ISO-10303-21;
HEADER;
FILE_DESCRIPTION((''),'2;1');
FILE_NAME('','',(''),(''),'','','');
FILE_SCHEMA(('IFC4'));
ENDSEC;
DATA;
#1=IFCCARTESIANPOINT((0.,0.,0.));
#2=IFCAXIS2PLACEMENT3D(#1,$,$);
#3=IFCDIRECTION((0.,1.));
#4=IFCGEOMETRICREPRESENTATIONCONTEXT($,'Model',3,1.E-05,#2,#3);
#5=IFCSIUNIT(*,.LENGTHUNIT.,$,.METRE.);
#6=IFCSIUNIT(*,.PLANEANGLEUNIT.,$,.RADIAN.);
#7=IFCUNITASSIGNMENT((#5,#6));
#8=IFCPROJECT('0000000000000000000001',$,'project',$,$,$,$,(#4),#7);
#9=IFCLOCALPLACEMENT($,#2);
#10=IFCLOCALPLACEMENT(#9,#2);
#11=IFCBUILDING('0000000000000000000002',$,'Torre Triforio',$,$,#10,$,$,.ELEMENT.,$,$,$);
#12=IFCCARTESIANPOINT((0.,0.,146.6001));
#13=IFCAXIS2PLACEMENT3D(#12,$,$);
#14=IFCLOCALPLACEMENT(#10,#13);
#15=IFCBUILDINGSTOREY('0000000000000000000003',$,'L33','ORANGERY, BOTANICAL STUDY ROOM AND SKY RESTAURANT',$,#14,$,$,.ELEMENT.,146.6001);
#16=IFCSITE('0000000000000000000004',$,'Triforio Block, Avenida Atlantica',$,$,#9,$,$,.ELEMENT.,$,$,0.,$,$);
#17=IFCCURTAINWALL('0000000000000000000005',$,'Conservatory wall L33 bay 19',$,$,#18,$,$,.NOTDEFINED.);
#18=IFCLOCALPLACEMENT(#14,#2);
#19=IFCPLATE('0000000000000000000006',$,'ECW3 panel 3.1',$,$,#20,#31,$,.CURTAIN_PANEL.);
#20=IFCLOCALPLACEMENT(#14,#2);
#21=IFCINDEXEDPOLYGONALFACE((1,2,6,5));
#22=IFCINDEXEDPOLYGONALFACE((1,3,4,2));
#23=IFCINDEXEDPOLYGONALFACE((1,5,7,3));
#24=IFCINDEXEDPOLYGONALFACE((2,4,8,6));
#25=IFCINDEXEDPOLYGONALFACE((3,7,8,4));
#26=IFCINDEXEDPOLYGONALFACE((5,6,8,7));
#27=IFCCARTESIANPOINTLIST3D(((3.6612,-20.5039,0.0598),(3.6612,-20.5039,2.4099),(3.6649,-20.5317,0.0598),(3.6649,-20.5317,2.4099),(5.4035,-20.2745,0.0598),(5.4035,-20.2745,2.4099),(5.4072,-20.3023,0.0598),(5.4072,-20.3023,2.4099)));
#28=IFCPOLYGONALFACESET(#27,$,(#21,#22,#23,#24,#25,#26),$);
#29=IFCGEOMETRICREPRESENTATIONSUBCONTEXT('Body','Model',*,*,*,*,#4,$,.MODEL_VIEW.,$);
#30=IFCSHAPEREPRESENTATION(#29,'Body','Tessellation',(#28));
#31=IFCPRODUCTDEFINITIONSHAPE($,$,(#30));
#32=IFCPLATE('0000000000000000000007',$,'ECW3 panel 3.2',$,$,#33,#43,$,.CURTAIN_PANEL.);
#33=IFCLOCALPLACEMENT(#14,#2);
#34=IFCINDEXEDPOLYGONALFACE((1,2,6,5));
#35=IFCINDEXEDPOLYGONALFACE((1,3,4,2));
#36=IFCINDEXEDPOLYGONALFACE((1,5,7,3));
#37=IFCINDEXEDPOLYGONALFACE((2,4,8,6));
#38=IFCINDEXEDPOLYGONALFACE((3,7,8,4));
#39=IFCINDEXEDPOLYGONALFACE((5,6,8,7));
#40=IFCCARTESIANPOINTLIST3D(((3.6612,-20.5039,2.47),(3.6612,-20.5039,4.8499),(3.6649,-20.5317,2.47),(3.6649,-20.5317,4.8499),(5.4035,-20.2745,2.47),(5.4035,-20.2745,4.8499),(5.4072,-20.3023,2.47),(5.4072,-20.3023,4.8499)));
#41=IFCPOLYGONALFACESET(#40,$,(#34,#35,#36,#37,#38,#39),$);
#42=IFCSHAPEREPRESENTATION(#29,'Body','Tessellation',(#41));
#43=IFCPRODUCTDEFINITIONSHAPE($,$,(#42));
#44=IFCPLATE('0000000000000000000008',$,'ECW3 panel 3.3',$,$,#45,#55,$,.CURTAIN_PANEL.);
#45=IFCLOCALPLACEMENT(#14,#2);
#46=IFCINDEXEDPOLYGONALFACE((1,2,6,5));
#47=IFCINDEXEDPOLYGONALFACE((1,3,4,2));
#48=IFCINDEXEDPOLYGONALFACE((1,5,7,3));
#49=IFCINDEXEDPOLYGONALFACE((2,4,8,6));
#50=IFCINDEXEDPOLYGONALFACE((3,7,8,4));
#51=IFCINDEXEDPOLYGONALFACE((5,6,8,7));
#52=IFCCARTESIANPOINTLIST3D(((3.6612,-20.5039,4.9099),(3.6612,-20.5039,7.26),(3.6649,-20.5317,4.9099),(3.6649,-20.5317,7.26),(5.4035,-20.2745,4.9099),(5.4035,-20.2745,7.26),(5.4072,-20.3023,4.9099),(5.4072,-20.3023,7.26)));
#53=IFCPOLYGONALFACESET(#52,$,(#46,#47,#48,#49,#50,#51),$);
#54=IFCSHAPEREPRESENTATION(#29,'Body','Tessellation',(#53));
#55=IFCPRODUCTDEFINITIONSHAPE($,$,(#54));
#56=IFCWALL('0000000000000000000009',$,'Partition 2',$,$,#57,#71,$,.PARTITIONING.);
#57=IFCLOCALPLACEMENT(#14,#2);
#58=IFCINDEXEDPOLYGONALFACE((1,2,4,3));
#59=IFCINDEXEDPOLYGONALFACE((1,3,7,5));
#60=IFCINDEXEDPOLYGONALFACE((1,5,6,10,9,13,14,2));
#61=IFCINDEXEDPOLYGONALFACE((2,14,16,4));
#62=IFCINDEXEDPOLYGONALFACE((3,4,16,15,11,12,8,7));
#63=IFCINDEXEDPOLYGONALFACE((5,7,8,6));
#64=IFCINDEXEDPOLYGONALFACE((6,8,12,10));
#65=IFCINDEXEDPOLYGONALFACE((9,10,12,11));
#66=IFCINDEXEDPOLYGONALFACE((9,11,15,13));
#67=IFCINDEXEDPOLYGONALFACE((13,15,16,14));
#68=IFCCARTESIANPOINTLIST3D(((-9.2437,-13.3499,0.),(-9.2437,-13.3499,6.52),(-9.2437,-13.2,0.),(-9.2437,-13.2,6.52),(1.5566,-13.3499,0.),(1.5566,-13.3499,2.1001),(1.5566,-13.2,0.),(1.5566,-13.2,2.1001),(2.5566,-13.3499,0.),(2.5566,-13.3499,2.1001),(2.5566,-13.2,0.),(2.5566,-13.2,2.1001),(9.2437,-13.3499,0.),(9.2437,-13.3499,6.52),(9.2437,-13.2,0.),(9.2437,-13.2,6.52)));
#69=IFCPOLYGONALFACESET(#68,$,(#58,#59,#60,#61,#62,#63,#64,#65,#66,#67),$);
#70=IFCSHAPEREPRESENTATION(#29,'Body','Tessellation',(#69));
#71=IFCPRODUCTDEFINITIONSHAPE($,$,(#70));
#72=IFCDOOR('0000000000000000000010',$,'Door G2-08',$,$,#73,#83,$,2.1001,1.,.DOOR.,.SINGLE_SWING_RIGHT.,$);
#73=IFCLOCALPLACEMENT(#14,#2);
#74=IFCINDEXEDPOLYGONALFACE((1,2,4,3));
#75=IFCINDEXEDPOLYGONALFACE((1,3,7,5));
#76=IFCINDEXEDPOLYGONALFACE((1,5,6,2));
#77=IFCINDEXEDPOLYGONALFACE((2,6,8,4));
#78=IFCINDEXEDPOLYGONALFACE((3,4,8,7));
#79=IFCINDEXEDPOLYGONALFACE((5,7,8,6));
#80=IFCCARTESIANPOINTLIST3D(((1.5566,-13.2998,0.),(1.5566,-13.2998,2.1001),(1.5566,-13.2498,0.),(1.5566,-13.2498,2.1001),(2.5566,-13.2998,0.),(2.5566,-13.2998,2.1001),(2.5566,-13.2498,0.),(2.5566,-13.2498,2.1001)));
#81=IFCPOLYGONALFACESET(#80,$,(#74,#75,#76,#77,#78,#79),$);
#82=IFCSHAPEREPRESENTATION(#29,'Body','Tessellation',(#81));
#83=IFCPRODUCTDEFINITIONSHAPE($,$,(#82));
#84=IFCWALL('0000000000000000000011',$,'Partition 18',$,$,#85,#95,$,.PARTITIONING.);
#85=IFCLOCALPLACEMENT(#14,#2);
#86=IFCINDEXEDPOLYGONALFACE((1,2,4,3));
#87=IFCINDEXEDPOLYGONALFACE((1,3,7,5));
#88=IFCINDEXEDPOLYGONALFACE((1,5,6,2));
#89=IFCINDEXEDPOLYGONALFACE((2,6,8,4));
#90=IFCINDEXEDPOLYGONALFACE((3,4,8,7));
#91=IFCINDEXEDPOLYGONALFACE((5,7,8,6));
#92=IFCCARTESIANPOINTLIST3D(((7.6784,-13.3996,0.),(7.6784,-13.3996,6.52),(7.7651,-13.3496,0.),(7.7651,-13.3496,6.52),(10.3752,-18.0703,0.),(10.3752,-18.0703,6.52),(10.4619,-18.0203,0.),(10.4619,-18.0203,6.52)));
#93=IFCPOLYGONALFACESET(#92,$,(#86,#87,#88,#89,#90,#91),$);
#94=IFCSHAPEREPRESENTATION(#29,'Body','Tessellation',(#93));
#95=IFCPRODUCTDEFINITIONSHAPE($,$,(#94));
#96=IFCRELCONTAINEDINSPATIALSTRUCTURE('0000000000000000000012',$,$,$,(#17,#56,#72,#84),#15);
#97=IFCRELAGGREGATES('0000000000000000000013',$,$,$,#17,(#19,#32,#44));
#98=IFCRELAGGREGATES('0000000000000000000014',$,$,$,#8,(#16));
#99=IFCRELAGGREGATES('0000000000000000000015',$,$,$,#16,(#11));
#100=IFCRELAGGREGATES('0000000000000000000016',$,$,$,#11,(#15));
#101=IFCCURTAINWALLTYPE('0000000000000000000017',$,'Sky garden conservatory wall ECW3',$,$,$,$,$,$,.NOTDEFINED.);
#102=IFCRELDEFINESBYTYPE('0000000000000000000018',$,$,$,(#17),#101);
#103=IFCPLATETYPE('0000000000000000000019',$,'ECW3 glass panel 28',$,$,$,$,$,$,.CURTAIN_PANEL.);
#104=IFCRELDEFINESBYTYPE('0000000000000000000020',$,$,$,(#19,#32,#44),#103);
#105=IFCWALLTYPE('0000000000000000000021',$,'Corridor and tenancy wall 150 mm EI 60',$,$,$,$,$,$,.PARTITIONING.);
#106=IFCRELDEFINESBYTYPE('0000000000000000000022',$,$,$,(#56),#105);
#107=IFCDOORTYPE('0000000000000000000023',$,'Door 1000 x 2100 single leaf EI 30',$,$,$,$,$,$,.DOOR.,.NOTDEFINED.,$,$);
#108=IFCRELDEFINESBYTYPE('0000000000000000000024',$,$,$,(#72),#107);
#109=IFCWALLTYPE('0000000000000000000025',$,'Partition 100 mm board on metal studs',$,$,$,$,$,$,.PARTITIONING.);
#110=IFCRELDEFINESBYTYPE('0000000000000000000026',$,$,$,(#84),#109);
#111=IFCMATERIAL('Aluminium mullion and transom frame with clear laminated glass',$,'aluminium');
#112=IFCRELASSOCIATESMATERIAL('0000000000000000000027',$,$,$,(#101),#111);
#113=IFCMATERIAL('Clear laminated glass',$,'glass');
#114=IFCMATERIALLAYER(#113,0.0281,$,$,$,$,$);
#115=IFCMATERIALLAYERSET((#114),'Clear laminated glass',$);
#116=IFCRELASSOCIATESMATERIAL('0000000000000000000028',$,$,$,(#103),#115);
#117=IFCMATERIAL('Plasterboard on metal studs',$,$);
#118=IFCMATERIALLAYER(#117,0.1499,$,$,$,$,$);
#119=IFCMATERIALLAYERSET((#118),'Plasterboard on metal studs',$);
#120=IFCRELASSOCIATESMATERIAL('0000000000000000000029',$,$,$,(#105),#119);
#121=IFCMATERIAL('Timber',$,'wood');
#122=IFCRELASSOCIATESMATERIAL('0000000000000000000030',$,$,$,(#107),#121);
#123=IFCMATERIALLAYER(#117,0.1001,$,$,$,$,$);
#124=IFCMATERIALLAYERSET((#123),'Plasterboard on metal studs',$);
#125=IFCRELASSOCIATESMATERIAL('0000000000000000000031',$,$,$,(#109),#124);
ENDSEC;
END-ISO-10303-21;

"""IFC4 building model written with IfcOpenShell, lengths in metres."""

from ifc_helpers import new_model, si_unit, direction, frame, frame_2d, origin, origin_2d, place, context, subcontext, project, spatial, rectangle, extrude, material, layer, layer_set, type_object, element, fill, aggregate, save


model = new_model("IFC4")

# Units and contexts
model_context = context("Model", 3, precision=1e-05, world=origin(), true_north=direction((0.0, 1.0)))
body_context = subcontext(model_context, "Body", "Model", "MODEL_VIEW")
ifc_project = project(units=[si_unit("LENGTHUNIT", "METRE"), si_unit("PLANEANGLEUNIT", "RADIAN")], contexts=[model_context])

# Site, building, storey
site_placement = place(None, origin())
site = spatial("IfcSite", under=ifc_project, at=site_placement, Name="Triforio Block, Avenida Atlantica", CompositionType="ELEMENT", RefElevation=0.0)
building_placement = place(site_placement, origin())
building = spatial("IfcBuilding", under=site, at=building_placement, Name="Torre Triforio", CompositionType="ELEMENT")
storey_placement = place(building_placement, frame((0.0, 0.0, 146.6001)))
storey = spatial("IfcBuildingStorey", under=building, at=storey_placement, Name="L33", Description="ORANGERY, BOTANICAL STUDY ROOM AND SKY RESTAURANT", CompositionType="ELEMENT", Elevation=146.6001)

# Curtain wall
ifc_material_1 = material(Name="Aluminium mullion and transom frame with clear laminated glass", Category="aluminium")
curtain_wall_type = type_object("IfcCurtainWallType", Name="Sky garden conservatory wall ECW3", PredefinedType="NOTDEFINED", material=ifc_material_1)
curtain_wall_1_placement = place(storey_placement, origin())
curtain_wall_1 = element("IfcCurtainWall", 1, at=curtain_wall_1_placement, inside=storey, type_object=curtain_wall_type, Name="Conservatory wall L33 bay 19", PredefinedType="NOTDEFINED")

# Plates
ifc_material_2 = material(Name="Clear laminated glass", Category="glass")
ifc_layer_1 = layer(ifc_material_2, 0.0281)
ifc_layer_set_1 = layer_set([ifc_layer_1], Name="Clear laminated glass")
plate_type = type_object("IfcPlateType", Name="ECW3 glass panel 28", PredefinedType="CURTAIN_PANEL", material=ifc_layer_set_1)
plate_1_placement = place(storey_placement, frame((4.5342, -20.4031, 0.0598), z_axis=(0.0, 0.0, 1.0), x_axis=(0.991444, 0.13053, 0.0)))
plate_1 = element("IfcPlate", 2, at=plate_1_placement, type_object=plate_type, Name="ECW3 panel 3.1", PredefinedType="CURTAIN_PANEL", context=body_context, shape_type="SweptSolid", body=[
    extrude(rectangle(XDim=1.7573, YDim=0.0281, at=origin_2d()), origin(), (0.0, 0.0, 1.0), 2.3501),
])
plate_2_placement = place(storey_placement, frame((4.5342, -20.4031, 2.47), z_axis=(0.0, 0.0, 1.0), x_axis=(0.991444, 0.13053, 0.0)))
plate_2 = element("IfcPlate", 3, at=plate_2_placement, type_object=plate_type, Name="ECW3 panel 3.2", PredefinedType="CURTAIN_PANEL", context=body_context, shape_type="SweptSolid", body=[
    extrude(rectangle(XDim=1.7573, YDim=0.0281, at=origin_2d()), origin(), (0.0, 0.0, 1.0), 2.3799),
])
plate_3_placement = place(storey_placement, frame((4.5342, -20.4031, 4.9099), z_axis=(0.0, 0.0, 1.0), x_axis=(0.991444, 0.13053, 0.0)))
plate_3 = element("IfcPlate", 4, at=plate_3_placement, type_object=plate_type, Name="ECW3 panel 3.3", PredefinedType="CURTAIN_PANEL", context=body_context, shape_type="SweptSolid", body=[
    extrude(rectangle(XDim=1.7573, YDim=0.0281, at=origin_2d()), origin(), (0.0, 0.0, 1.0), 2.3501),
])
aggregate(curtain_wall_1, [plate_1, plate_2, plate_3])

# Wall, opening, door
ifc_material_3 = material(Name="Plasterboard on metal studs")
ifc_layer_2 = layer(ifc_material_3, 0.1499)
ifc_layer_set_2 = layer_set([ifc_layer_2], Name="Plasterboard on metal studs")
wall_type_1 = type_object("IfcWallType", Name="Corridor and tenancy wall 150 mm EI 60", PredefinedType="PARTITIONING", material=ifc_layer_set_2)
wall_1_placement = place(storey_placement, frame((9.2437, -13.2749, 0.0), z_axis=(0.0, 0.0, 1.0), x_axis=(-1.0, 0.0, 0.0)))
wall_1 = element("IfcWall", 5, at=wall_1_placement, inside=storey, type_object=wall_type_1, Name="Partition 2", PredefinedType="PARTITIONING", context=body_context, shape_type="SweptSolid", body=[
    extrude(rectangle(XDim=18.4873, YDim=0.1499, at=frame_2d((9.2437, 0.0))), origin(), (0.0, 0.0, 1.0), 6.52),
])
opening_1_placement = place(wall_1_placement, frame((6.687, 0.0, 0.0)))
opening_1 = element("IfcOpeningElement", 6, at=opening_1_placement, cuts=wall_1, PredefinedType="OPENING", context=body_context, shape_type="SweptSolid", body=[
    extrude(rectangle(XDim=1.0, YDim=2.1001, at=frame_2d((0.5, 1.05))), frame((0.0, 0.085, 0.0), z_axis=(0.0, -1.0, 0.0), x_axis=(1.0, 0.0, 0.0)), (0.0, 0.0, 1.0), 0.1699),
])
ifc_material_4 = material(Name="Timber", Category="wood")
door_type_1 = type_object("IfcDoorType", Name="Door 1000 x 2100 single leaf EI 30", OperationType="NOTDEFINED", PredefinedType="DOOR", material=ifc_material_4)
door_1_placement = place(opening_1_placement, origin())
door_1 = element("IfcDoor", 7, at=door_1_placement, inside=storey, type_object=door_type_1, Name="Door G2-08", OperationType="SINGLE_SWING_RIGHT", OverallHeight=2.1001, OverallWidth=1.0, PredefinedType="DOOR", context=body_context, shape_type="SweptSolid", body=[
    extrude(rectangle(XDim=1.0, YDim=2.1001, at=frame_2d((0.5, 1.05))), frame((0.0, 0.0249, 0.0), z_axis=(0.0, -1.0, 0.0), x_axis=(1.0, 0.0, 0.0)), (0.0, 0.0, 1.0), 0.05),
])
fill(opening_1, door_1)

# Wall
ifc_layer_3 = layer(ifc_material_3, 0.1001)
ifc_layer_set_3 = layer_set([ifc_layer_3], Name="Plasterboard on metal studs")
wall_type_2 = type_object("IfcWallType", Name="Partition 100 mm board on metal studs", PredefinedType="PARTITIONING", material=ifc_layer_set_3)
wall_2_placement = place(storey_placement, frame((7.7217, -13.3745, 0.0), z_axis=(0.0, 0.0, 1.0), x_axis=(0.500024, -0.866011, 0.0)))
element("IfcWall", 8, at=wall_2_placement, inside=storey, type_object=wall_type_2, Name="Partition 18", PredefinedType="PARTITIONING", context=body_context, shape_type="SweptSolid", body=[
    extrude(rectangle(XDim=5.3933, YDim=0.1001, at=frame_2d((2.6968, 0.0))), origin(), (0.0, 0.0, 1.0), 6.52),
])

save(model, "model.ifc")
